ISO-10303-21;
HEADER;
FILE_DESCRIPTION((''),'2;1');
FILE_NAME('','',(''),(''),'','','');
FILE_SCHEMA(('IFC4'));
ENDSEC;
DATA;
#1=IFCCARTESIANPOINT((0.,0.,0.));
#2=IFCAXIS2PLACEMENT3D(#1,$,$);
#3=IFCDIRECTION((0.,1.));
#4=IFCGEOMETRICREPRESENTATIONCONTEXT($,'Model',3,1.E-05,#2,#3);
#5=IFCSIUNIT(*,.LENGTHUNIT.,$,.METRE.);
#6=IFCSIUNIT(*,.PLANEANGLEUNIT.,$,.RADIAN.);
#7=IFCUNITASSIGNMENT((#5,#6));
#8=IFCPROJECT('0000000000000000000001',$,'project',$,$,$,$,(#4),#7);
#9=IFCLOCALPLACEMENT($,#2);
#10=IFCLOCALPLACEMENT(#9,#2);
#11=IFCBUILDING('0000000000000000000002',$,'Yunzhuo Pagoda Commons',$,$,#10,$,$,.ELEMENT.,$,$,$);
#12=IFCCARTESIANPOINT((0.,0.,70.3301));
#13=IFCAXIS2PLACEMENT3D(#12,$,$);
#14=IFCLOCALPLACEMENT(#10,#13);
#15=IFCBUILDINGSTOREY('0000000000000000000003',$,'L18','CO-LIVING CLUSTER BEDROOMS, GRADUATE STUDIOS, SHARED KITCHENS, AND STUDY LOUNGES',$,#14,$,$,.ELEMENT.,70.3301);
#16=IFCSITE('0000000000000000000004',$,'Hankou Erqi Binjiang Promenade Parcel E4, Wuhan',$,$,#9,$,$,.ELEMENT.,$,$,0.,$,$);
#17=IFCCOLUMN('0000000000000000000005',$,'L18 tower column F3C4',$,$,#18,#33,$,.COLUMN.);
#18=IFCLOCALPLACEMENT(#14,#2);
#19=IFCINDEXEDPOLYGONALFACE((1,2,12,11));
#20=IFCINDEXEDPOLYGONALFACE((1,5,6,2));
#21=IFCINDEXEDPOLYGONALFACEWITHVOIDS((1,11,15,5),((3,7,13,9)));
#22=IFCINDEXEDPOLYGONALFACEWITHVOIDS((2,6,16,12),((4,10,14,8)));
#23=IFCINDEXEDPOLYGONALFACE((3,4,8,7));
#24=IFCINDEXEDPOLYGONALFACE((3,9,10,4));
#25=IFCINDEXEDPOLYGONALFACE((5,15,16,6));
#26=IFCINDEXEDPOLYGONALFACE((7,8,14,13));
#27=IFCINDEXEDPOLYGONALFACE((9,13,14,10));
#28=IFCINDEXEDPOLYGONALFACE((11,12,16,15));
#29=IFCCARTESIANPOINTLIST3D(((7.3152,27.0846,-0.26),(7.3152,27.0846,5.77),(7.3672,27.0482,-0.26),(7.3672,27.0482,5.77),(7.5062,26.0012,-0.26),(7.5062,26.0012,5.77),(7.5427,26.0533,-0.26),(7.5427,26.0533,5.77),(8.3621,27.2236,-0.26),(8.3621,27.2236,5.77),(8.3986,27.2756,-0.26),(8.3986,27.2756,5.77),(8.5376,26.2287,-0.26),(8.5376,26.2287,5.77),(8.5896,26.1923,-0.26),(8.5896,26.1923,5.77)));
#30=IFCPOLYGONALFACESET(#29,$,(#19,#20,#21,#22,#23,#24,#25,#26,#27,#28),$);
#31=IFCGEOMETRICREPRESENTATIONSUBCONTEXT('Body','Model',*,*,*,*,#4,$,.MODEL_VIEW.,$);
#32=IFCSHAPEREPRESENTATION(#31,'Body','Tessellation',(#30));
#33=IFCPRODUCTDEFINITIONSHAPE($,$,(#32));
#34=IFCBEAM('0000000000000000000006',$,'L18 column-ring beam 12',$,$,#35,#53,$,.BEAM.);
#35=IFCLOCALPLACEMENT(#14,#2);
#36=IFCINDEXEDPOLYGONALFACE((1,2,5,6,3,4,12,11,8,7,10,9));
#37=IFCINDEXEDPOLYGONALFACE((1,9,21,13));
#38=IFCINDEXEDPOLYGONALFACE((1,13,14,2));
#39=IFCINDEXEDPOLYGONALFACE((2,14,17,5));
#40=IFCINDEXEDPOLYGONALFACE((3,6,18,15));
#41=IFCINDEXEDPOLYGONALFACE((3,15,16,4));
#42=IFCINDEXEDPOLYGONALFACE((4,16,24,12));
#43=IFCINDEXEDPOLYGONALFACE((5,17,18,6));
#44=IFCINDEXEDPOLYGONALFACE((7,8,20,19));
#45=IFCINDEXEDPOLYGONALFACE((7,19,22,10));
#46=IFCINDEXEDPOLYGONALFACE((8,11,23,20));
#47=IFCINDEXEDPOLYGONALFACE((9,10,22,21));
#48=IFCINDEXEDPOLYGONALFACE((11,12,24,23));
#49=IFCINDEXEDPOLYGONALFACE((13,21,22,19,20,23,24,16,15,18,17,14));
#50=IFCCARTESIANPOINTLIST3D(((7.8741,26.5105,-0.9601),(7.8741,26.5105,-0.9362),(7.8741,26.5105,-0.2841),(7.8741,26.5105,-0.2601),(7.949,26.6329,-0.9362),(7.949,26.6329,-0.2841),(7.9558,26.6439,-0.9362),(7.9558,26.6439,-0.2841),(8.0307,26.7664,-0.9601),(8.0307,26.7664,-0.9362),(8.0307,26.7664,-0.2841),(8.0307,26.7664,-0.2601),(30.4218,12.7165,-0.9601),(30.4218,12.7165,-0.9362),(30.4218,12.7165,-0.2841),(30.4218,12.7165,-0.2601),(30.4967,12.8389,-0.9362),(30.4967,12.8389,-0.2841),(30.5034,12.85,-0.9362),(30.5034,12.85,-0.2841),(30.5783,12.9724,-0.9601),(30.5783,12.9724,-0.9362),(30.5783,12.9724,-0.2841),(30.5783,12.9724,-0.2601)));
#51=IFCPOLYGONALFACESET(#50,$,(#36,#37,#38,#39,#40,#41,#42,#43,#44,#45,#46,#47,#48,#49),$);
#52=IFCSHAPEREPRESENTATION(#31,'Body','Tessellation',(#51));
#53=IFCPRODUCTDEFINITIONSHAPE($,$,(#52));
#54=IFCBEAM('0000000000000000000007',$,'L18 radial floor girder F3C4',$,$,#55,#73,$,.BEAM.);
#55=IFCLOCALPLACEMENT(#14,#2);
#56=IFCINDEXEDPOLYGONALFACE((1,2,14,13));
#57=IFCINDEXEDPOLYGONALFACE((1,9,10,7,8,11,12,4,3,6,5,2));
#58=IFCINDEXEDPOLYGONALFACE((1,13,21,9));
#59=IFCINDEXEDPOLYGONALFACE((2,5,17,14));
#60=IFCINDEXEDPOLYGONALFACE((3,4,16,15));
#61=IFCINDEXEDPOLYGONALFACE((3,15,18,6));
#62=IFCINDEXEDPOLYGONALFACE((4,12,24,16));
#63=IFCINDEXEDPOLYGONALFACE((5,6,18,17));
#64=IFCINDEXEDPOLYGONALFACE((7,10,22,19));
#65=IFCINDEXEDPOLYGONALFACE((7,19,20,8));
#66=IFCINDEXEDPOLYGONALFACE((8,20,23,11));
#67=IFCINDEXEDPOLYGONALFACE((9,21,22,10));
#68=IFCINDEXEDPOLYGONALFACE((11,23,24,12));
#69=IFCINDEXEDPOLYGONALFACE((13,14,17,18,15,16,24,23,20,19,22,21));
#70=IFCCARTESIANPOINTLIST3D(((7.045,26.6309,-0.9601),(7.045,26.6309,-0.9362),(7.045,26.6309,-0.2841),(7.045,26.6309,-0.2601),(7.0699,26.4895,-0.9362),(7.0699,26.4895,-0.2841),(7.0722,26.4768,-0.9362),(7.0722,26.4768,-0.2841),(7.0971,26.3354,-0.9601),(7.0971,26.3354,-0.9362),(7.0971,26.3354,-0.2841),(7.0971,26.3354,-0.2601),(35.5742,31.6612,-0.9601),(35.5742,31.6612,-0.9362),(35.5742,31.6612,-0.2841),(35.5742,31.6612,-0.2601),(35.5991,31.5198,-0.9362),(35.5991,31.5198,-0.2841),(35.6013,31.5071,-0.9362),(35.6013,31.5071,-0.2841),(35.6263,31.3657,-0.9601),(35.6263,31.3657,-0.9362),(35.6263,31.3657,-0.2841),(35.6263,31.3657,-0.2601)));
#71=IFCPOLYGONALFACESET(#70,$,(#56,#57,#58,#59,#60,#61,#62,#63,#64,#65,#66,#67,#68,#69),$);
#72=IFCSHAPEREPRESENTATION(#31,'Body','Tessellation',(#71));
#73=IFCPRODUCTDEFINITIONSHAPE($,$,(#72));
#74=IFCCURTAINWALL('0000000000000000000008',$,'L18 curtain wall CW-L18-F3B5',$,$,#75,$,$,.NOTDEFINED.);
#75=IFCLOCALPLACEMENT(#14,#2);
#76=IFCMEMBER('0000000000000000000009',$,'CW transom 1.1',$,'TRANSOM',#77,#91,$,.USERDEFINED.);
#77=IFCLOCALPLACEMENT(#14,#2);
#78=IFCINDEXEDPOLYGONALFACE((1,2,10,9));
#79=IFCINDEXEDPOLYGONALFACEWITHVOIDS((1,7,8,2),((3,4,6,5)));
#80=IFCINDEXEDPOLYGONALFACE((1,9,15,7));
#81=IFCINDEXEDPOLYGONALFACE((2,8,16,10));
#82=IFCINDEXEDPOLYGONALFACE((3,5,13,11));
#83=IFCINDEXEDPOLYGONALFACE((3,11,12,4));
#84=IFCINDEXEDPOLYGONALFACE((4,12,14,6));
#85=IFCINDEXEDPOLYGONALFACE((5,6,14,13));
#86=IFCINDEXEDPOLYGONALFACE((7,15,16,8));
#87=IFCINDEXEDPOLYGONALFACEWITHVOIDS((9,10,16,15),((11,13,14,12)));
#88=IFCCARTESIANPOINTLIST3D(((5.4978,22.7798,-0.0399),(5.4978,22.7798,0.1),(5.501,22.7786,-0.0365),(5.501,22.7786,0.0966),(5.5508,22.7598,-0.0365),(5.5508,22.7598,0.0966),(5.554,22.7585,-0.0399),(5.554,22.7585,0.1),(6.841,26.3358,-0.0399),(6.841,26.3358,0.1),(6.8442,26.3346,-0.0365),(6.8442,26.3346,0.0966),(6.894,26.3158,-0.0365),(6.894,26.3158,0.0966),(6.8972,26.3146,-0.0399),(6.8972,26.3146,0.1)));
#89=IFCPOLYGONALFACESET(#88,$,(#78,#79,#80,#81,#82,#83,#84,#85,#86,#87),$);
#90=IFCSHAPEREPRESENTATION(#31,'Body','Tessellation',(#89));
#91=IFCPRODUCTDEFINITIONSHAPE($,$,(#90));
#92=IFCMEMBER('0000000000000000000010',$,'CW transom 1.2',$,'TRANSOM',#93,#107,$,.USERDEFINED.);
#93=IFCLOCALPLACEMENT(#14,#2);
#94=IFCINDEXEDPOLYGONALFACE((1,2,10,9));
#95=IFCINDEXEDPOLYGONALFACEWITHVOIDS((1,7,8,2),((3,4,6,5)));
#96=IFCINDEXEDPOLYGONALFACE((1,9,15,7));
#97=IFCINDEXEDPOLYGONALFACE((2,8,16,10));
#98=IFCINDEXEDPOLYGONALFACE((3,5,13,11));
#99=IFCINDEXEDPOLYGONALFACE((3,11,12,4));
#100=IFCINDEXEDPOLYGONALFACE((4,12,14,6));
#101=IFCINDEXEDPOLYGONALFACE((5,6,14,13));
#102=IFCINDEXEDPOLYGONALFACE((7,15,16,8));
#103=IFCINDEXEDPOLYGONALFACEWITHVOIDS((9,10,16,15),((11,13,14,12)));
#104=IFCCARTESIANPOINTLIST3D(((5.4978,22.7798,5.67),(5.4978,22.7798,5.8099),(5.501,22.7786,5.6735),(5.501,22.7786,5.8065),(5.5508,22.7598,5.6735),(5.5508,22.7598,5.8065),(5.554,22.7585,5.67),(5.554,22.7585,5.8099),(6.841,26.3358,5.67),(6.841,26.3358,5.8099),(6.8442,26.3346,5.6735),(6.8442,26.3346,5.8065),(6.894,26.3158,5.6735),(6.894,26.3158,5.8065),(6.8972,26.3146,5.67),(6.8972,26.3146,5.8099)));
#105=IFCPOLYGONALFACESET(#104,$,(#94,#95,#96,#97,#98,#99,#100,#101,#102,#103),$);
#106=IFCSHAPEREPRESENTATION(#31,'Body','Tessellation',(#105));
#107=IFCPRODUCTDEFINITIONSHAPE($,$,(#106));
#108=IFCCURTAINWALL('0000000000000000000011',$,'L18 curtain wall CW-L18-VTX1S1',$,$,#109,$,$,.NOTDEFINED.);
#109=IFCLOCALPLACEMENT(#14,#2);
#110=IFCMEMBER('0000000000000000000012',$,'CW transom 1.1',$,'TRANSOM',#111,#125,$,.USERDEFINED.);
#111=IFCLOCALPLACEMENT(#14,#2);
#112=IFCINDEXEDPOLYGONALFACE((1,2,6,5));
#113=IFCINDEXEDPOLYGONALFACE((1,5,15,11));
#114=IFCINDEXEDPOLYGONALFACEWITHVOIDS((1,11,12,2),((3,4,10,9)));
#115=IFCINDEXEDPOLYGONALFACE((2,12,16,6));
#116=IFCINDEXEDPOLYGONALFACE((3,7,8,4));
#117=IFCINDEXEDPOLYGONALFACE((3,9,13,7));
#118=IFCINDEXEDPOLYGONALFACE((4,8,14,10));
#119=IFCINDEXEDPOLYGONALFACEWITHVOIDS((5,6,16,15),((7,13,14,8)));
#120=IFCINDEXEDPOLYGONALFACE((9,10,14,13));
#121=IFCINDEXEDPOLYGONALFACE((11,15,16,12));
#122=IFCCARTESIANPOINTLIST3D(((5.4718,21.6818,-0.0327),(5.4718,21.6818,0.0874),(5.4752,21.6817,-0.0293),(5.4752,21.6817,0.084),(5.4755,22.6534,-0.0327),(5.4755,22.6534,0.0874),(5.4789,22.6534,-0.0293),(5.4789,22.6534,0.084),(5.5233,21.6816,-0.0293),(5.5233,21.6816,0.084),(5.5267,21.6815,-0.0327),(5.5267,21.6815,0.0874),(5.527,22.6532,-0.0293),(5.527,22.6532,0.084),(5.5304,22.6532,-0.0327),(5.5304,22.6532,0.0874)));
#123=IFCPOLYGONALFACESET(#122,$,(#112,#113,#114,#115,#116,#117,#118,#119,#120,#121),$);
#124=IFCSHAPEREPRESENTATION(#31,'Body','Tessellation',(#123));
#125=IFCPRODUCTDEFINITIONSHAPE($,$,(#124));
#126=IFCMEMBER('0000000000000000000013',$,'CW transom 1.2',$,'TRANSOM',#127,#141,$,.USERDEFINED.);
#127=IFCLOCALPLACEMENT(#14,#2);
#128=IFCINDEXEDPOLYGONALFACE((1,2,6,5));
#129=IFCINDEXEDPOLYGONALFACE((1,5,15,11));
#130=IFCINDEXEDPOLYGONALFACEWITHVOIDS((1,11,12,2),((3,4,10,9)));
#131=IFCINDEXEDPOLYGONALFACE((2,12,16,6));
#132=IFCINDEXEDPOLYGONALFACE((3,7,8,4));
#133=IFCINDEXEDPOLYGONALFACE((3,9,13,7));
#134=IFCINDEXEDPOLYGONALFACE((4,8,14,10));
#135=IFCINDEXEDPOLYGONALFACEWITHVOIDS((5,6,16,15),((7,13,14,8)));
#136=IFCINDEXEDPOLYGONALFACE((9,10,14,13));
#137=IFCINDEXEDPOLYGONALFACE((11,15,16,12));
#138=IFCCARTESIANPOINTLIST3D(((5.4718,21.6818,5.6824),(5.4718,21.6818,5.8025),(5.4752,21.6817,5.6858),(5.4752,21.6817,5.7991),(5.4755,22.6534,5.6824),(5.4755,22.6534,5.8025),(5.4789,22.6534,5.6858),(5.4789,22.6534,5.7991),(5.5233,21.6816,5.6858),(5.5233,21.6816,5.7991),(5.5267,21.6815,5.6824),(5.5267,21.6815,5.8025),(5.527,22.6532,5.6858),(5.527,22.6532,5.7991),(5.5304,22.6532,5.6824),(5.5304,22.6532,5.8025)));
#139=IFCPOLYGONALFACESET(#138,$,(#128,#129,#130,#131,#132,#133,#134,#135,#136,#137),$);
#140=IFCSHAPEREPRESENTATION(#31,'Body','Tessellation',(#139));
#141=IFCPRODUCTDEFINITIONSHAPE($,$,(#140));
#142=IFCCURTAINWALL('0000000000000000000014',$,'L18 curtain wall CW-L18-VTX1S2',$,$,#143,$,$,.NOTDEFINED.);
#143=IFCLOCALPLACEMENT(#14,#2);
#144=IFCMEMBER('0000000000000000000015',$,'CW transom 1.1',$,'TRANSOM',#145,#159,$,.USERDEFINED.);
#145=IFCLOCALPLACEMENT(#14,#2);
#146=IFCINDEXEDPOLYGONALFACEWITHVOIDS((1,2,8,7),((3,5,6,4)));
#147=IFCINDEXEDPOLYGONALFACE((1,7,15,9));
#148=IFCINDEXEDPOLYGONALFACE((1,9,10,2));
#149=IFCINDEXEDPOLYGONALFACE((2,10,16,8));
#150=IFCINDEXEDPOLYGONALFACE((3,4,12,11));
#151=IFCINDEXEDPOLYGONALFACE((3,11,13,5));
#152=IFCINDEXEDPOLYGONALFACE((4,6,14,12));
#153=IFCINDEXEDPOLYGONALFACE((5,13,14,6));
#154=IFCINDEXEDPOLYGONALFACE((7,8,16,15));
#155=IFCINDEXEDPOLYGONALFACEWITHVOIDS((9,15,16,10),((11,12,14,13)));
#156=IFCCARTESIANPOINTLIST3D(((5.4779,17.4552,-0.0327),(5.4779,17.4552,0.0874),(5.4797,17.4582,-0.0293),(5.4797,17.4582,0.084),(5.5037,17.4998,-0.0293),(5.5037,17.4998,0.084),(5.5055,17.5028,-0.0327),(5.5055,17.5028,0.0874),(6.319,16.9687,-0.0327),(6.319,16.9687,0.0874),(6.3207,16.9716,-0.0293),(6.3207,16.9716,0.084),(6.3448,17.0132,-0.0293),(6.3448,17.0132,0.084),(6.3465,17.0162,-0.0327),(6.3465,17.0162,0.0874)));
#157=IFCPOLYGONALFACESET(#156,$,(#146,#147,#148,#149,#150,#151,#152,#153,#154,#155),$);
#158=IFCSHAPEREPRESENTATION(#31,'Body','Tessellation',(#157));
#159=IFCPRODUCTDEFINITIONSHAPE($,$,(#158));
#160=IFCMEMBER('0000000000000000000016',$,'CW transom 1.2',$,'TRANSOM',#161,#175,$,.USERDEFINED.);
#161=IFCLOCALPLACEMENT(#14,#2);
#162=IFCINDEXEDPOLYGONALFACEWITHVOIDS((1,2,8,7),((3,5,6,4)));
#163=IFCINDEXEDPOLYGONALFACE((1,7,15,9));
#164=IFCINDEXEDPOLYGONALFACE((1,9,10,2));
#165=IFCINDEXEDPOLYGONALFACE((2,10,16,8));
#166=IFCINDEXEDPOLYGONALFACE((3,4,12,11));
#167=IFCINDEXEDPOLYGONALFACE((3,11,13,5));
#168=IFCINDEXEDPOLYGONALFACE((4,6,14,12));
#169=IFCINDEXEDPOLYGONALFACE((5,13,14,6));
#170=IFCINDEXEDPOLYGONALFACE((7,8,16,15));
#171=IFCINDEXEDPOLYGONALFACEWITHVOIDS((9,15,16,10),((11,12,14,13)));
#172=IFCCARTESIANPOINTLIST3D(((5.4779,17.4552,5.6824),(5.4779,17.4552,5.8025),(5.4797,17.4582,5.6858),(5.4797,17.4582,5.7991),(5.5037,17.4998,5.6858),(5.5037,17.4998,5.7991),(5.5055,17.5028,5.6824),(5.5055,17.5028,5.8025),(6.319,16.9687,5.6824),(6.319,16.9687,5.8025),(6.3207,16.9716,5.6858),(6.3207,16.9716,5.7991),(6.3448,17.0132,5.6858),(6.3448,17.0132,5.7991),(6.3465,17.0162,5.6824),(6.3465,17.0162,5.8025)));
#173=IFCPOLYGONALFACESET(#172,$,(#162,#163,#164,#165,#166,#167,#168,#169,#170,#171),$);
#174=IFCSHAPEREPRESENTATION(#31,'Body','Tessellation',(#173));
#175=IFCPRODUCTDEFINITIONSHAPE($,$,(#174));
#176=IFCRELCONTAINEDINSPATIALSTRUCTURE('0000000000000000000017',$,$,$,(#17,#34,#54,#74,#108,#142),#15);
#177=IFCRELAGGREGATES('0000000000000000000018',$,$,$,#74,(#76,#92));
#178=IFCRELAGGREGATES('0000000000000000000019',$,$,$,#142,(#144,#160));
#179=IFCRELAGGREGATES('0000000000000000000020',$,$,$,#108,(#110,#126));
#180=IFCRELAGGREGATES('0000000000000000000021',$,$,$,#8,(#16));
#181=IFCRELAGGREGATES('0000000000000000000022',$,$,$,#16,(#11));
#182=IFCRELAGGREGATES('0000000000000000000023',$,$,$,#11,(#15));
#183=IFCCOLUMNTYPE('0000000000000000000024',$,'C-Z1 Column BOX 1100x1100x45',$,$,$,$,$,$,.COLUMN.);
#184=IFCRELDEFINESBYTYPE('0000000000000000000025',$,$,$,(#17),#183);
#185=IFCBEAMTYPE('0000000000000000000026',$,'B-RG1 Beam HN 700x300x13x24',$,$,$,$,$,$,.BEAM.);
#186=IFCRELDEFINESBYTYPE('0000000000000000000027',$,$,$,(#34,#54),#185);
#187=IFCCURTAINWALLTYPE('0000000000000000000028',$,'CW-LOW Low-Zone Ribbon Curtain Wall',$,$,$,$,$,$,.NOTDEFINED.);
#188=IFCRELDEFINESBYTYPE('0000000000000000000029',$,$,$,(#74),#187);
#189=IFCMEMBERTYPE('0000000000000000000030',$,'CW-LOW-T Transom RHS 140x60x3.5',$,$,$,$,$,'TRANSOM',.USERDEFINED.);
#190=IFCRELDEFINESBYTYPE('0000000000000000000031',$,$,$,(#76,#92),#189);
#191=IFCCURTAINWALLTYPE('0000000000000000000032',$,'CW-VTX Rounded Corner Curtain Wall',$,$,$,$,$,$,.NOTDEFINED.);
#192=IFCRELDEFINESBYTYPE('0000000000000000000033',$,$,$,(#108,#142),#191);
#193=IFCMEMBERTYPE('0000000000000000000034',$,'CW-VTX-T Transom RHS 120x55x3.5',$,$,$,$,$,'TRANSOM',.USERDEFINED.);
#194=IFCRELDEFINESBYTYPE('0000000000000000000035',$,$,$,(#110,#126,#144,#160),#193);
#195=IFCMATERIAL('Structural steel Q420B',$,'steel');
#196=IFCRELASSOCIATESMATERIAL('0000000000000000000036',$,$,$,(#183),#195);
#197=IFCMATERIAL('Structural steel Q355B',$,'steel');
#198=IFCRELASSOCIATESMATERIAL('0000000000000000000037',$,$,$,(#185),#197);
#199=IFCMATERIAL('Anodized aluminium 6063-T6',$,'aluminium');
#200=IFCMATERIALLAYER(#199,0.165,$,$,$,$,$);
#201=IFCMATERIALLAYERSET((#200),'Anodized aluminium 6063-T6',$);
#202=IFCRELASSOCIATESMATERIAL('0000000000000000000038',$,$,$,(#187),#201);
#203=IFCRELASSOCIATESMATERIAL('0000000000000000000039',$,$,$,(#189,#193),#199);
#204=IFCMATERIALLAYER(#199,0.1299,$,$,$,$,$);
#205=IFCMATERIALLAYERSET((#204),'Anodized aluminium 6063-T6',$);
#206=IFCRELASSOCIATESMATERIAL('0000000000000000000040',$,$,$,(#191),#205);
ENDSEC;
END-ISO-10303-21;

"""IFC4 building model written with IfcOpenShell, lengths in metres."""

from ifc_helpers import new_model, si_unit, direction, frame, origin, origin_2d, place, context, subcontext, project, spatial, hollow_rectangle, i_section, extrude, source, transform, mapped, material, layer, layer_set, material_profile, profile_set, type_object, element, aggregate, save


model = new_model("IFC4")

# Units and contexts
model_context = context("Model", 3, precision=1e-05, world=origin(), true_north=direction((0.0, 1.0)))
body_context = subcontext(model_context, "Body", "Model", "MODEL_VIEW")
ifc_project = project(units=[si_unit("LENGTHUNIT", "METRE"), si_unit("PLANEANGLEUNIT", "RADIAN")], contexts=[model_context])

# Site, building, storey
site_placement = place(None, origin())
site = spatial("IfcSite", under=ifc_project, at=site_placement, Name="Hankou Erqi Binjiang Promenade Parcel E4, Wuhan", CompositionType="ELEMENT", RefElevation=0.0)
building_placement = place(site_placement, origin())
building = spatial("IfcBuilding", under=site, at=building_placement, Name="Yunzhuo Pagoda Commons", CompositionType="ELEMENT")
storey_placement = place(building_placement, frame((0.0, 0.0, 70.3301)))
storey = spatial("IfcBuildingStorey", under=building, at=storey_placement, Name="L18", Description="CO-LIVING CLUSTER BEDROOMS, GRADUATE STUDIOS, SHARED KITCHENS, AND STUDY LOUNGES", CompositionType="ELEMENT", Elevation=70.3301)

# Column
ifc_material_1 = material(Name="Structural steel Q420B", Category="steel")
ifc_material_profile_1 = material_profile(ifc_material_1, hollow_rectangle(XDim=1.1001, YDim=1.1001, WallThickness=0.0449, at=origin_2d()), Name="Structural steel Q420B")
ifc_profile_set_1 = profile_set([ifc_material_profile_1], Name="Structural steel Q420B")
column_type = type_object("IfcColumnType", Name="C-Z1 Column BOX 1100x1100x45", PredefinedType="COLUMN", material=ifc_profile_set_1)
shared_shape_1 = source(origin(), body_context, "Body", "SweptSolid", [
    extrude(hollow_rectangle(XDim=1.1001, YDim=1.1001, WallThickness=0.0449, at=origin_2d()), origin(), (0.0, 0.0, 1.0), 6.03),
])
column_placement = place(storey_placement, frame((7.9524, 26.6384, -0.26), z_axis=(0.0, 0.0, 1.0), x_axis=(0.173648, -0.984808, 0.0)))
element("IfcColumn", 1, at=column_placement, inside=storey, type_object=column_type, Name="L18 tower column F3C4", PredefinedType="COLUMN", context=body_context, shape_type="MappedRepresentation", body=[
    mapped(shared_shape_1, transform((0.0, 0.0, 0.0), scale=1.0)),
])

# Beams
ifc_material_2 = material(Name="Structural steel Q355B", Category="steel")
ifc_material_profile_2 = material_profile(ifc_material_2, i_section(OverallWidth=0.3, OverallDepth=0.7, WebThickness=0.0129, FlangeThickness=0.0239, at=origin_2d()), Name="Structural steel Q355B")
ifc_profile_set_2 = profile_set([ifc_material_profile_2], Name="Structural steel Q355B")
beam_type = type_object("IfcBeamType", Name="B-RG1 Beam HN 700x300x13x24", PredefinedType="BEAM", material=ifc_profile_set_2)
shared_shape_2 = source(origin(), body_context, "Body", "SweptSolid", [
    extrude(i_section(OverallWidth=0.3, OverallDepth=0.7, WebThickness=0.0129, FlangeThickness=0.0239, at=origin_2d()), origin(), (0.0, 0.0, 1.0), 26.4324),
])
beam_1_placement = place(storey_placement, frame((7.9524, 26.6384, -0.6101), z_axis=(0.853032, -0.521859, 0.0), x_axis=(0.521859, 0.853032, 0.0)))
element("IfcBeam", 2, at=beam_1_placement, inside=storey, type_object=beam_type, Name="L18 column-ring beam 12", PredefinedType="BEAM", context=body_context, shape_type="MappedRepresentation", body=[
    mapped(shared_shape_2, transform((0.0, 0.0, 0.0), scale=1.0)),
])
shared_shape_3 = source(origin(), body_context, "Body", "SweptSolid", [
    extrude(i_section(OverallWidth=0.3, OverallDepth=0.7, WebThickness=0.0129, FlangeThickness=0.0239, at=origin_2d()), origin(), (0.0, 0.0, 1.0), 28.9692),
])
beam_2_placement = place(storey_placement, frame((7.071, 26.4832, -0.6101), z_axis=(0.984809, 0.173643, 0.0), x_axis=(-0.173643, 0.984809, 0.0)))
element("IfcBeam", 3, at=beam_2_placement, inside=storey, type_object=beam_type, Name="L18 radial floor girder F3C4", PredefinedType="BEAM", context=body_context, shape_type="MappedRepresentation", body=[
    mapped(shared_shape_3, transform((0.0, 0.0, 0.0), scale=1.0)),
])

# Curtain walls, members
ifc_material_3 = material(Name="Anodized aluminium 6063-T6", Category="aluminium")
ifc_layer_1 = layer(ifc_material_3, 0.165)
ifc_layer_set_1 = layer_set([ifc_layer_1], Name="Anodized aluminium 6063-T6")
curtain_wall_type_1 = type_object("IfcCurtainWallType", Name="CW-LOW Low-Zone Ribbon Curtain Wall", PredefinedType="NOTDEFINED", material=ifc_layer_set_1)
curtain_wall_1_placement = place(storey_placement, origin())
curtain_wall_1 = element("IfcCurtainWall", 4, at=curtain_wall_1_placement, inside=storey, type_object=curtain_wall_type_1, Name="L18 curtain wall CW-L18-F3B5", PredefinedType="NOTDEFINED")
ifc_material_profile_3 = material_profile(ifc_material_3, hollow_rectangle(XDim=0.0601, YDim=0.1399, WallThickness=0.0034, at=origin_2d()), Name="Anodized aluminium 6063-T6")
ifc_profile_set_3 = profile_set([ifc_material_profile_3], Name="Anodized aluminium 6063-T6")
member_type_1 = type_object("IfcMemberType", Name="CW-LOW-T Transom RHS 140x60x3.5", ElementType="TRANSOM", PredefinedType="USERDEFINED", material=ifc_profile_set_3)
shared_shape_4 = source(origin(), body_context, "Body", "SweptSolid", [
    extrude(hollow_rectangle(XDim=0.0601, YDim=0.1399, WallThickness=0.0034, at=origin_2d()), origin(), (0.0, 0.0, 1.0), 3.8013),
])
member_1_placement = place(storey_placement, frame((6.8691, 26.3252, 0.03), z_axis=(-0.353361, -0.935487, 0.0), x_axis=(0.935487, -0.353361, 0.0)))
member_1 = element("IfcMember", 5, at=member_1_placement, type_object=member_type_1, Name="CW transom 1.1", ObjectType="TRANSOM", PredefinedType="USERDEFINED", context=body_context, shape_type="MappedRepresentation", body=[
    mapped(shared_shape_4, transform((0.0, 0.0, 0.0), scale=1.0)),
])
member_2_placement = place(storey_placement, frame((6.8691, 26.3252, 5.74), z_axis=(-0.353361, -0.935487, 0.0), x_axis=(0.935487, -0.353361, 0.0)))
member_2 = element("IfcMember", 6, at=member_2_placement, type_object=member_type_1, Name="CW transom 1.2", ObjectType="TRANSOM", PredefinedType="USERDEFINED", context=body_context, shape_type="MappedRepresentation", body=[
    mapped(shared_shape_4, transform((0.0, 0.0, 0.0), scale=1.0)),
])
ifc_layer_2 = layer(ifc_material_3, 0.1299)
ifc_layer_set_2 = layer_set([ifc_layer_2], Name="Anodized aluminium 6063-T6")
curtain_wall_type_2 = type_object("IfcCurtainWallType", Name="CW-VTX Rounded Corner Curtain Wall", PredefinedType="NOTDEFINED", material=ifc_layer_set_2)
curtain_wall_2_placement = place(storey_placement, origin())
curtain_wall_2 = element("IfcCurtainWall", 7, at=curtain_wall_2_placement, inside=storey, type_object=curtain_wall_type_2, Name="L18 curtain wall CW-L18-VTX1S1", PredefinedType="NOTDEFINED")
ifc_material_profile_4 = material_profile(ifc_material_3, hollow_rectangle(XDim=0.0549, YDim=0.1201, WallThickness=0.0034, at=origin_2d()), Name="Anodized aluminium 6063-T6")
ifc_profile_set_4 = profile_set([ifc_material_profile_4], Name="Anodized aluminium 6063-T6")
member_type_2 = type_object("IfcMemberType", Name="CW-VTX-T Transom RHS 120x55x3.5", ElementType="TRANSOM", PredefinedType="USERDEFINED", material=ifc_profile_set_4)
shared_shape_5 = source(origin(), body_context, "Body", "SweptSolid", [
    extrude(hollow_rectangle(XDim=0.0549, YDim=0.1201, WallThickness=0.0034, at=origin_2d()), origin(), (0.0, 0.0, 1.0), 0.9717),
])
member_3_placement = place(storey_placement, frame((5.5029, 22.6533, 0.0273), z_axis=(-0.003769, -0.999993, 0.0), x_axis=(0.999993, -0.003769, 0.0)))
member_3 = element("IfcMember", 8, at=member_3_placement, type_object=member_type_2, Name="CW transom 1.1", ObjectType="TRANSOM", PredefinedType="USERDEFINED", context=body_context, shape_type="MappedRepresentation", body=[
    mapped(shared_shape_5, transform((0.0, 0.0, 0.0), scale=1.0)),
])
member_4_placement = place(storey_placement, frame((5.5029, 22.6533, 5.7424), z_axis=(-0.003769, -0.999993, 0.0), x_axis=(0.999993, -0.003769, 0.0)))
member_4 = element("IfcMember", 9, at=member_4_placement, type_object=member_type_2, Name="CW transom 1.2", ObjectType="TRANSOM", PredefinedType="USERDEFINED", context=body_context, shape_type="MappedRepresentation", body=[
    mapped(shared_shape_5, transform((0.0, 0.0, 0.0), scale=1.0)),
])
curtain_wall_3_placement = place(storey_placement, origin())
curtain_wall_3 = element("IfcCurtainWall", 10, at=curtain_wall_3_placement, inside=storey, type_object=curtain_wall_type_2, Name="L18 curtain wall CW-L18-VTX1S2", PredefinedType="NOTDEFINED")
member_5_placement = place(storey_placement, frame((5.4917, 17.479, 0.0273), z_axis=(0.865587, -0.500759, 0.0), x_axis=(0.500759, 0.865587, 0.0)))
member_5 = element("IfcMember", 11, at=member_5_placement, type_object=member_type_2, Name="CW transom 1.1", ObjectType="TRANSOM", PredefinedType="USERDEFINED", context=body_context, shape_type="MappedRepresentation", body=[
    mapped(shared_shape_5, transform((0.0, 0.0, 0.0), scale=1.0)),
])
member_6_placement = place(storey_placement, frame((5.4917, 17.479, 5.7424), z_axis=(0.865587, -0.500759, 0.0), x_axis=(0.500759, 0.865587, 0.0)))
member_6 = element("IfcMember", 12, at=member_6_placement, type_object=member_type_2, Name="CW transom 1.2", ObjectType="TRANSOM", PredefinedType="USERDEFINED", context=body_context, shape_type="MappedRepresentation", body=[
    mapped(shared_shape_5, transform((0.0, 0.0, 0.0), scale=1.0)),
])

aggregate(curtain_wall_1, [member_1, member_2])
aggregate(curtain_wall_3, [member_5, member_6])
aggregate(curtain_wall_2, [member_3, member_4])

save(model, "model.ifc")
